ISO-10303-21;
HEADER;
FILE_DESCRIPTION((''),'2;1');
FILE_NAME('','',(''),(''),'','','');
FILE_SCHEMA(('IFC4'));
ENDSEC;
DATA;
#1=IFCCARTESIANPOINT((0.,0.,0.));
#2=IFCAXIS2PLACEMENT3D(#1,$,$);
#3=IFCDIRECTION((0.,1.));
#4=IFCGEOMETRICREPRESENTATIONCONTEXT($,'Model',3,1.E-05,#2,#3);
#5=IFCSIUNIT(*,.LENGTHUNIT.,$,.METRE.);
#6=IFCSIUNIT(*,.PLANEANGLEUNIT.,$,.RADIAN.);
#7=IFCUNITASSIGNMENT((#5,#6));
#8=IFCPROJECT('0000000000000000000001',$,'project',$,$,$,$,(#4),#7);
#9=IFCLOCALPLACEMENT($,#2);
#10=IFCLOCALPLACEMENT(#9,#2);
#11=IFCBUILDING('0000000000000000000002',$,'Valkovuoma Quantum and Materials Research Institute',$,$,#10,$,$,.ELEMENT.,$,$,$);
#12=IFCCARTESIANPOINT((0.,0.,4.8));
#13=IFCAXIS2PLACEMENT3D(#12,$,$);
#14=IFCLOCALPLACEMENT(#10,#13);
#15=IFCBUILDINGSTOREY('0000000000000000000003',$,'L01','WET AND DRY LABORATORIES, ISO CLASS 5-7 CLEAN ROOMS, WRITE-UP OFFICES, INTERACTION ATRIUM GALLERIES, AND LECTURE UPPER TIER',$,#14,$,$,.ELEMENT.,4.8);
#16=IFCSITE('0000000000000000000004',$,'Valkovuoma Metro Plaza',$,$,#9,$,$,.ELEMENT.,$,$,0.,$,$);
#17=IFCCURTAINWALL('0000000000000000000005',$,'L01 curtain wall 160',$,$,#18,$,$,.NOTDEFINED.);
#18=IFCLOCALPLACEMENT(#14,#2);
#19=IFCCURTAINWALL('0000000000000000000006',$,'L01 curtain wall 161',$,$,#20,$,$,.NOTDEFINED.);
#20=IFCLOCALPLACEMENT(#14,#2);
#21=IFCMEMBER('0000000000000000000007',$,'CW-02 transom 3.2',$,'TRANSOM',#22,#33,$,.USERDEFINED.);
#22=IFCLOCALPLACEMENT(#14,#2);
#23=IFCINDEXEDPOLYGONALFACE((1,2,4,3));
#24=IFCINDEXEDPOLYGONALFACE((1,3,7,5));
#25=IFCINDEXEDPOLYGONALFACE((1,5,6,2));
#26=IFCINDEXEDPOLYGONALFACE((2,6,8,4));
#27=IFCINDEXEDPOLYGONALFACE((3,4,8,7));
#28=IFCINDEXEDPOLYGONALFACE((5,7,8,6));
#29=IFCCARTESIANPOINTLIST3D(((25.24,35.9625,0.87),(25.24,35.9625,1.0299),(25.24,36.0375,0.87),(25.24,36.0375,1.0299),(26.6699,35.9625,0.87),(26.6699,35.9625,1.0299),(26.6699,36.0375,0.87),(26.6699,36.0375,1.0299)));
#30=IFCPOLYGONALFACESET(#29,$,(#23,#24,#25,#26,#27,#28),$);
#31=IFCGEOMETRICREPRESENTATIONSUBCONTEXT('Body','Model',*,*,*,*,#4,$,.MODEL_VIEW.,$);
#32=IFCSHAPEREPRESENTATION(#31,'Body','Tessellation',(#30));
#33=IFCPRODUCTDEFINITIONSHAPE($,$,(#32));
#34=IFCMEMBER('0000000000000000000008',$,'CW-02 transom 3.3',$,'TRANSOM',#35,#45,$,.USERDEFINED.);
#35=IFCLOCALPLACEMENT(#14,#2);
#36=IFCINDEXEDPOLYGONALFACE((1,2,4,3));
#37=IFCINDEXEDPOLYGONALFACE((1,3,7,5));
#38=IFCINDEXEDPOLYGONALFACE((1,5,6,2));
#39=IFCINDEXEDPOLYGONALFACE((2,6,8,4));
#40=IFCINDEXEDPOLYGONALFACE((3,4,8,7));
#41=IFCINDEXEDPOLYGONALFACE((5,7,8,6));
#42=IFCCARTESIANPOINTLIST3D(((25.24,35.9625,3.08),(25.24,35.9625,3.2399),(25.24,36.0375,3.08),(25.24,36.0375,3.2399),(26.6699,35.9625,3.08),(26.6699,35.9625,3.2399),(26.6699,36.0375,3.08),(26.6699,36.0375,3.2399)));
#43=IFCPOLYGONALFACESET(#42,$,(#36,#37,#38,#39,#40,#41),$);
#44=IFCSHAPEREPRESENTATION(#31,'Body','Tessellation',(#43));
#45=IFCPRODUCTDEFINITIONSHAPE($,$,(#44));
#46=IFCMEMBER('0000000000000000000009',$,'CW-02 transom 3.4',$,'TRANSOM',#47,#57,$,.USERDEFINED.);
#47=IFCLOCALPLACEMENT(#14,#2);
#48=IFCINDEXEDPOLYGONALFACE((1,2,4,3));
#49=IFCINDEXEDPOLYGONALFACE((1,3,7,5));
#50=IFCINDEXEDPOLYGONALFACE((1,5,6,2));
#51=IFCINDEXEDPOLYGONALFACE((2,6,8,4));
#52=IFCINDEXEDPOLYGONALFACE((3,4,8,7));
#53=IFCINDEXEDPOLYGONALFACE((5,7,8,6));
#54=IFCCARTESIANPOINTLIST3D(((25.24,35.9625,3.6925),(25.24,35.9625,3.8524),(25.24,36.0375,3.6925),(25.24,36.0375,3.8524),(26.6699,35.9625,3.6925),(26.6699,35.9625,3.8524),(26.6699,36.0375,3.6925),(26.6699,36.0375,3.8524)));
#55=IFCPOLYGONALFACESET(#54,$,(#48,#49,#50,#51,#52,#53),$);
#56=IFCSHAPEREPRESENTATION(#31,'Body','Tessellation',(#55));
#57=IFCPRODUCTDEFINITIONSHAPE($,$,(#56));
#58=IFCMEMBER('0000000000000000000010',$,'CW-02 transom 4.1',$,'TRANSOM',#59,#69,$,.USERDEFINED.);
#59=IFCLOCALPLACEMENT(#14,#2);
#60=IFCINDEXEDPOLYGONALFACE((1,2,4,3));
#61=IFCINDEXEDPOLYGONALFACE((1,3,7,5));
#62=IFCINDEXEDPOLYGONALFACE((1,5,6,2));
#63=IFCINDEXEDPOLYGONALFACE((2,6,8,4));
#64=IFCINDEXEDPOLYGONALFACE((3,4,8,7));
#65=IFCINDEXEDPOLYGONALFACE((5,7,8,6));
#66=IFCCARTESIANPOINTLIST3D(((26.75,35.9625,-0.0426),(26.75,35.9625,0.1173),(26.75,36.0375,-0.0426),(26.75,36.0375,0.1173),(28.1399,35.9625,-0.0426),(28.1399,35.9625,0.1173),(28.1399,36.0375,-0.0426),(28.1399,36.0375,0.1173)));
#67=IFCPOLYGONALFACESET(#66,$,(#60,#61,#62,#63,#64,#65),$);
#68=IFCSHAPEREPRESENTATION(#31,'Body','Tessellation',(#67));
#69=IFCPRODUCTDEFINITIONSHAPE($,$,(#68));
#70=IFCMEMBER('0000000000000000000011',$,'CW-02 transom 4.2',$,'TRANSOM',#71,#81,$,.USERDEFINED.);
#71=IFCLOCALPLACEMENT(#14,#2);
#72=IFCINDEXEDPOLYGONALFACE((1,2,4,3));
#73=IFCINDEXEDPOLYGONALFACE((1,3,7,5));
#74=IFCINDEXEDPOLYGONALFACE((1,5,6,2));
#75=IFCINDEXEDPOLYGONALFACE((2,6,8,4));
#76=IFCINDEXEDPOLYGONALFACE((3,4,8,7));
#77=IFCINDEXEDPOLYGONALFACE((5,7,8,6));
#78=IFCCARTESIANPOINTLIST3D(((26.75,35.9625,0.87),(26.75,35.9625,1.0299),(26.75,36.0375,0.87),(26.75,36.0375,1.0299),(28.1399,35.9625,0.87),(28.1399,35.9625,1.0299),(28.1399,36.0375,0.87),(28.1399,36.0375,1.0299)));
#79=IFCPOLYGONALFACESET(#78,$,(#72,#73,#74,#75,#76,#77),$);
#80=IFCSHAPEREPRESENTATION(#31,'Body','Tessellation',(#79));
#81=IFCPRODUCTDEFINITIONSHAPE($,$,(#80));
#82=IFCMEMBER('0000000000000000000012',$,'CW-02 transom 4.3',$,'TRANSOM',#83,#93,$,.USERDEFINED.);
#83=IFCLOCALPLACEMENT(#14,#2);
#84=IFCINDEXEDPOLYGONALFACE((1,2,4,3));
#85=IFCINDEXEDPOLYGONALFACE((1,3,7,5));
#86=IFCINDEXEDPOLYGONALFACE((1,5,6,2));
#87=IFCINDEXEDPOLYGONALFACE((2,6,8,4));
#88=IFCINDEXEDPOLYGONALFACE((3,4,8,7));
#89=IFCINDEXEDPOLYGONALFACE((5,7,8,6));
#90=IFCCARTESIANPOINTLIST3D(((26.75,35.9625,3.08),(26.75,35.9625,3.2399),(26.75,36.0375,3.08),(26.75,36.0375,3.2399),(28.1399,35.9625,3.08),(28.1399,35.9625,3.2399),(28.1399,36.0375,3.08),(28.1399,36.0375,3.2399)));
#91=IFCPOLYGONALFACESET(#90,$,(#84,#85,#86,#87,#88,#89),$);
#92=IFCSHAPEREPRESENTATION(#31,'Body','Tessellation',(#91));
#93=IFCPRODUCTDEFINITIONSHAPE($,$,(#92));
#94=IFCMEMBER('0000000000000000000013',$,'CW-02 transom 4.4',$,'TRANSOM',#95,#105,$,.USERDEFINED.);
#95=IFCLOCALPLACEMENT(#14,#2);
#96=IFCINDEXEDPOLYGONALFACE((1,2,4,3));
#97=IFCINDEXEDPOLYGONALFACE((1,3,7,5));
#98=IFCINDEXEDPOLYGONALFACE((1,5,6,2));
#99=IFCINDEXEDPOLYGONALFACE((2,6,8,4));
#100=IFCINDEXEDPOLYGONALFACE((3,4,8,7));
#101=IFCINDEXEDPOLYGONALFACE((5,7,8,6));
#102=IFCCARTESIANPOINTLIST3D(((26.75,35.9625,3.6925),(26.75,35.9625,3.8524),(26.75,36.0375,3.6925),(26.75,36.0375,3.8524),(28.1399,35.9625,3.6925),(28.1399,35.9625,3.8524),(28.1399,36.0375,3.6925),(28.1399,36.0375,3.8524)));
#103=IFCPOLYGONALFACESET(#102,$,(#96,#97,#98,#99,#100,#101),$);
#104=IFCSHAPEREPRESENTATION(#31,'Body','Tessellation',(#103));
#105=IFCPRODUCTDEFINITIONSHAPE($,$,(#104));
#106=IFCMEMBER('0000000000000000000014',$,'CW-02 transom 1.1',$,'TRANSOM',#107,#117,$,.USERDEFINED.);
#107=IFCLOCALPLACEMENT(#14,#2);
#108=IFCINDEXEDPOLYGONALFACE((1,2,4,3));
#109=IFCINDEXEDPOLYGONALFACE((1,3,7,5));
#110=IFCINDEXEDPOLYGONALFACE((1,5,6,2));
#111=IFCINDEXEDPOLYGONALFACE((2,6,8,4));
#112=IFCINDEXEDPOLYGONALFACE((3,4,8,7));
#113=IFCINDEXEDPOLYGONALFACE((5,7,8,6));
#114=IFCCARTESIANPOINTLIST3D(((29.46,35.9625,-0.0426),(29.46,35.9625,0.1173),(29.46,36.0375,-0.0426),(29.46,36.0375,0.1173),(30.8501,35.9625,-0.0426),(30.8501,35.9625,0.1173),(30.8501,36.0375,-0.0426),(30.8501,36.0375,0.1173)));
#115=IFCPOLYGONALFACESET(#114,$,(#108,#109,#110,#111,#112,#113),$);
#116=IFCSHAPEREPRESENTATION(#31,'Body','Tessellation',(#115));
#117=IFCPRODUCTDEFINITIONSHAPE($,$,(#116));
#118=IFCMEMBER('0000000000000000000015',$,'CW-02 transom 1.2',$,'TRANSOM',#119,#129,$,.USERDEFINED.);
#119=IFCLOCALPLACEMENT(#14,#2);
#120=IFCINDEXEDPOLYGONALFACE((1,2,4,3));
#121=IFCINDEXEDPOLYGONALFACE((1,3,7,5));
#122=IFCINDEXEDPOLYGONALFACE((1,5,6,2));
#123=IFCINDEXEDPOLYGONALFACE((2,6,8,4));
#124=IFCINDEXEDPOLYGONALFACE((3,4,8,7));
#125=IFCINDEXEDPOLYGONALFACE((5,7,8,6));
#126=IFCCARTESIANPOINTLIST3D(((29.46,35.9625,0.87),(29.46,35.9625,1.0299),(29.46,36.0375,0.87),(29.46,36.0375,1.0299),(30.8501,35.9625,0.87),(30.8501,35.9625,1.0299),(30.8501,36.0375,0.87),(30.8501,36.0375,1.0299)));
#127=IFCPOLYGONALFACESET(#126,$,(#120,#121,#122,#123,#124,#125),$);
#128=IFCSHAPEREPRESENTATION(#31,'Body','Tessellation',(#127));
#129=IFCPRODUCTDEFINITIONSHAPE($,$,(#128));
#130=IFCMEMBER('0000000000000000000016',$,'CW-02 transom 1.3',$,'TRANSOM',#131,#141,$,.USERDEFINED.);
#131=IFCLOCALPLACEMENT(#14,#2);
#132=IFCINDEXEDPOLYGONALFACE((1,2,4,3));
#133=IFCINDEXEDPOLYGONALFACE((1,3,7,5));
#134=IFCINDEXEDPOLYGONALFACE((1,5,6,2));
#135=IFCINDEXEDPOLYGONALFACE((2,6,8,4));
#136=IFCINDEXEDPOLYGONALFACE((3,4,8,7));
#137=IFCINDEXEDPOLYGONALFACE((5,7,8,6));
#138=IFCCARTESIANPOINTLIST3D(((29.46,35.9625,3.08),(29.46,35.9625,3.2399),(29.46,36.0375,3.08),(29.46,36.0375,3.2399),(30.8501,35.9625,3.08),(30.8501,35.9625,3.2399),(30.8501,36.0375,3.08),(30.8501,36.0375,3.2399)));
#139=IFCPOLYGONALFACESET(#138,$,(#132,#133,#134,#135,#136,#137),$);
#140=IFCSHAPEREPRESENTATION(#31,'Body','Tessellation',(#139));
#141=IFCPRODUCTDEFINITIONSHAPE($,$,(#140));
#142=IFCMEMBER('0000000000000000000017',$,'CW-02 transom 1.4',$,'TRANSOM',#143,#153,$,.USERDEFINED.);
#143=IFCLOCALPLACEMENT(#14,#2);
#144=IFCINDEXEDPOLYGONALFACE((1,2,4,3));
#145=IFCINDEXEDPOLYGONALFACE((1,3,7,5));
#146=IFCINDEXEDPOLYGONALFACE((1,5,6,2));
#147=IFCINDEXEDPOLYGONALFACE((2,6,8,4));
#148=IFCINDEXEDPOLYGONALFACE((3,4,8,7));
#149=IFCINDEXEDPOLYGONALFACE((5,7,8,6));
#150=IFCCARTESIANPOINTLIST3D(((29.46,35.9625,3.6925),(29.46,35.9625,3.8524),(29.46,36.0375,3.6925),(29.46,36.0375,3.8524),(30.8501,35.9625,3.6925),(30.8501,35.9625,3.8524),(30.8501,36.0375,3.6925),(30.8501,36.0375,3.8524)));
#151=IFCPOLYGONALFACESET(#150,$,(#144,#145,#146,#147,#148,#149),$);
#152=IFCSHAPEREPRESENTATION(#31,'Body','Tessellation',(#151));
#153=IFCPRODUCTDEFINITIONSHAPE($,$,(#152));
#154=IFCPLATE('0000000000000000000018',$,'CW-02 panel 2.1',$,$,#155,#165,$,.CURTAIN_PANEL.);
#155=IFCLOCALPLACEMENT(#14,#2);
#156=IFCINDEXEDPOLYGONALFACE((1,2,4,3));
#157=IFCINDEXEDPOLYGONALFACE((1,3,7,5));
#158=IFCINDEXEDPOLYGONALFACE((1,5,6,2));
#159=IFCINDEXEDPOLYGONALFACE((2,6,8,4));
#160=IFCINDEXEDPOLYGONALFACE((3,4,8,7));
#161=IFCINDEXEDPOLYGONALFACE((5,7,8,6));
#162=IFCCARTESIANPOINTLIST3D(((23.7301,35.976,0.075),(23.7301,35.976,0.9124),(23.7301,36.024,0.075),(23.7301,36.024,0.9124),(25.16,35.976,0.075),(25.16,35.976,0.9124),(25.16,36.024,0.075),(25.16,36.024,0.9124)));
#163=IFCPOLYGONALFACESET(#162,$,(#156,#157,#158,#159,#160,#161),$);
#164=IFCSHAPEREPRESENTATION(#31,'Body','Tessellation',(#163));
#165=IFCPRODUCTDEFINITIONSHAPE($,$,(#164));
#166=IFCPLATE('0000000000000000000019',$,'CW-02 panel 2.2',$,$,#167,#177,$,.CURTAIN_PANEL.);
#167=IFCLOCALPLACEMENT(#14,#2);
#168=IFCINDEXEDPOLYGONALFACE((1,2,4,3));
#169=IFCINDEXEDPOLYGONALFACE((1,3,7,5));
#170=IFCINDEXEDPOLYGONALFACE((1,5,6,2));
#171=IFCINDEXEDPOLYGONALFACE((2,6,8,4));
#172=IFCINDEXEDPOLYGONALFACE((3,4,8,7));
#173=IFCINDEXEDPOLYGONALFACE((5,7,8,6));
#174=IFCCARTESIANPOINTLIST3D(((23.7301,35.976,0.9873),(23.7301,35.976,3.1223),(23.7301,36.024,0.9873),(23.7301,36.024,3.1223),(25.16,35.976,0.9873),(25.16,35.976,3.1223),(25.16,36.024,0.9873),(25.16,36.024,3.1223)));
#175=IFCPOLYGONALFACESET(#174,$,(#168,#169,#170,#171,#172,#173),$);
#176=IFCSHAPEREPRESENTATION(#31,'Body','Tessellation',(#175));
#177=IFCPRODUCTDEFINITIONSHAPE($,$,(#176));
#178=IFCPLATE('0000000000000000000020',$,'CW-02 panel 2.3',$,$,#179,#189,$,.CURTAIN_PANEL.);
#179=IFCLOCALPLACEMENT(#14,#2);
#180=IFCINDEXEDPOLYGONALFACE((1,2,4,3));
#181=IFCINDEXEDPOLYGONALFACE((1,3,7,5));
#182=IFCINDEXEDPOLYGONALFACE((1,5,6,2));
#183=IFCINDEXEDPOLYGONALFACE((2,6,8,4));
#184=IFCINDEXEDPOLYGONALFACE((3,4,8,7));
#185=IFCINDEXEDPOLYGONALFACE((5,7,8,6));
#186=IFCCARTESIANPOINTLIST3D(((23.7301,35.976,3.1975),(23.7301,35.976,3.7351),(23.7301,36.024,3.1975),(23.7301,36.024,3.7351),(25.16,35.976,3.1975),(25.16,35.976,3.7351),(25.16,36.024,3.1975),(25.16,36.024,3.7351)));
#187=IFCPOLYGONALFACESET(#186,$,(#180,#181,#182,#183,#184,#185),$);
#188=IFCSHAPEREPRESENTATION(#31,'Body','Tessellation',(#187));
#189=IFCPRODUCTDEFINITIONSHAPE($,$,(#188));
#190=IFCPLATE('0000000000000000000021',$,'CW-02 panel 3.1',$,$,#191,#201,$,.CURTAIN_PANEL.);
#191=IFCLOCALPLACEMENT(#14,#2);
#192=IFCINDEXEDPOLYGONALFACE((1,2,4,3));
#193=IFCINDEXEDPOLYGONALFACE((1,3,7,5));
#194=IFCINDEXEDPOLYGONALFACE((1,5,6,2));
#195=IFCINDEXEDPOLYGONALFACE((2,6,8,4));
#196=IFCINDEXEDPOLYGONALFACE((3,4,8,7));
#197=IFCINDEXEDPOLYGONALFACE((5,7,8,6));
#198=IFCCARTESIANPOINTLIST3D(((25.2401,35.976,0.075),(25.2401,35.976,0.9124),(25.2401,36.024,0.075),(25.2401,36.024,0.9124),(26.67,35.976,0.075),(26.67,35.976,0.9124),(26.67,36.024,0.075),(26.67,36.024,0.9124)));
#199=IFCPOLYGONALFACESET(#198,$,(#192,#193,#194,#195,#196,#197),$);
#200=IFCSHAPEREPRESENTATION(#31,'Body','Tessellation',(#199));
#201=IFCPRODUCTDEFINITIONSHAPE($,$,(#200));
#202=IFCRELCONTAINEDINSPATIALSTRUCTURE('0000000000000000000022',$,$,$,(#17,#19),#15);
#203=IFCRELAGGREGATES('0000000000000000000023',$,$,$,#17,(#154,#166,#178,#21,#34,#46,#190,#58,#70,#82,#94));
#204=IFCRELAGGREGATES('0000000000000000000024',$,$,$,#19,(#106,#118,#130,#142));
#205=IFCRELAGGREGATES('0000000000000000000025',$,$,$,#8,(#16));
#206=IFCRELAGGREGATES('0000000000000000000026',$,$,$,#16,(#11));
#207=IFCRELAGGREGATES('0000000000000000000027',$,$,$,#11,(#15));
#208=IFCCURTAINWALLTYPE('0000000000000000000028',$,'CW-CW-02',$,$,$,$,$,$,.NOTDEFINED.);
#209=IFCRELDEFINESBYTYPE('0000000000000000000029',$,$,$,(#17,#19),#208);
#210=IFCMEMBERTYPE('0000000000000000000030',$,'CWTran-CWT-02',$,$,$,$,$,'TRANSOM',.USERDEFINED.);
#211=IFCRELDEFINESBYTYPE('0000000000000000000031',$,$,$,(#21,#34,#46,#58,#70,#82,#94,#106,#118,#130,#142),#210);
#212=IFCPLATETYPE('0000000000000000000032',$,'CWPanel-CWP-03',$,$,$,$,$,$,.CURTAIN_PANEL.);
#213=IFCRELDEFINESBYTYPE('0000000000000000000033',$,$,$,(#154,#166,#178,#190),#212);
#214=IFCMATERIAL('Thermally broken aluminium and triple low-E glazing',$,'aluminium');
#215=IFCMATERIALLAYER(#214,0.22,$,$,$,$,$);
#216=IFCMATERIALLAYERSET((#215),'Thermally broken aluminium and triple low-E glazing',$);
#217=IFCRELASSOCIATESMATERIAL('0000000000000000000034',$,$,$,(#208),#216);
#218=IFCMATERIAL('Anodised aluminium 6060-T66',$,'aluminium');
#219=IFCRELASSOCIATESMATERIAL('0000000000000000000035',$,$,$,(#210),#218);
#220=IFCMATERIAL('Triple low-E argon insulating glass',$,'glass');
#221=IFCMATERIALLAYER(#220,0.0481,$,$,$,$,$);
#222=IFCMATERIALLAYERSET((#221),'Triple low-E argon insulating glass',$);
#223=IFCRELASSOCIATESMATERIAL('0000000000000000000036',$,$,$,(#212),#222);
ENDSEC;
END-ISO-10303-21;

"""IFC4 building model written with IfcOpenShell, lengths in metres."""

from ifc_helpers import new_model, si_unit, direction, frame, origin, origin_2d, place, context, subcontext, project, spatial, rectangle, extrude, material, layer, layer_set, material_profile, profile_set, type_object, element, aggregate, save


model = new_model("IFC4")

# Units and contexts
model_context = context("Model", 3, precision=1e-05, world=origin(), true_north=direction((0.0, 1.0)))
body_context = subcontext(model_context, "Body", "Model", "MODEL_VIEW")
ifc_project = project(units=[si_unit("LENGTHUNIT", "METRE"), si_unit("PLANEANGLEUNIT", "RADIAN")], contexts=[model_context])

# Site, building, storey
site_placement = place(None, origin())
site = spatial("IfcSite", under=ifc_project, at=site_placement, Name="Valkovuoma Metro Plaza", CompositionType="ELEMENT", RefElevation=0.0)
building_placement = place(site_placement, origin())
building = spatial("IfcBuilding", under=site, at=building_placement, Name="Valkovuoma Quantum and Materials Research Institute", CompositionType="ELEMENT")
storey_placement = place(building_placement, frame((0.0, 0.0, 4.8)))
storey = spatial("IfcBuildingStorey", under=building, at=storey_placement, Name="L01", Description="WET AND DRY LABORATORIES, ISO CLASS 5-7 CLEAN ROOMS, WRITE-UP OFFICES, INTERACTION ATRIUM GALLERIES, AND LECTURE UPPER TIER", CompositionType="ELEMENT", Elevation=4.8)

# Curtain wall
ifc_material_1 = material(Name="Thermally broken aluminium and triple low-E glazing", Category="aluminium")
ifc_layer_1 = layer(ifc_material_1, 0.22)
ifc_layer_set_1 = layer_set([ifc_layer_1], Name="Thermally broken aluminium and triple low-E glazing")
curtain_wall_type = type_object("IfcCurtainWallType", Name="CW-CW-02", PredefinedType="NOTDEFINED", material=ifc_layer_set_1)
curtain_wall_1_placement = place(storey_placement, origin())
curtain_wall_1 = element("IfcCurtainWall", 1, at=curtain_wall_1_placement, inside=storey, type_object=curtain_wall_type, Name="L01 curtain wall 160", PredefinedType="NOTDEFINED")

# Curtain wall
curtain_wall_2_placement = place(storey_placement, origin())
curtain_wall_2 = element("IfcCurtainWall", 2, at=curtain_wall_2_placement, inside=storey, type_object=curtain_wall_type, Name="L01 curtain wall 161", PredefinedType="NOTDEFINED")

# Members
ifc_material_2 = material(Name="Anodised aluminium 6060-T66", Category="aluminium")
ifc_material_profile_1 = material_profile(ifc_material_2, rectangle(XDim=0.075, YDim=0.1599, at=origin_2d()), Name="Anodised aluminium 6060-T66")
ifc_profile_set_1 = profile_set([ifc_material_profile_1], Name="Anodised aluminium 6060-T66")
member_type_1 = type_object("IfcMemberType", Name="CWTran-CWT-02", ElementType="TRANSOM", PredefinedType="USERDEFINED", material=ifc_profile_set_1)
member_1_placement = place(storey_placement, frame((25.24, 36.0, 0.95), z_axis=(1.0, 0.0, 0.0), x_axis=(0.0, 1.0, 0.0)))
member_1 = element("IfcMember", 3, at=member_1_placement, type_object=member_type_1, Name="CW-02 transom 3.2", ObjectType="TRANSOM", PredefinedType="USERDEFINED", context=body_context, shape_type="SweptSolid", body=[
    extrude(rectangle(XDim=0.075, YDim=0.1599, at=origin_2d()), origin(), (0.0, 0.0, 1.0), 1.4299),
])
member_2_placement = place(storey_placement, frame((25.24, 36.0, 3.1599), z_axis=(1.0, 0.0, 0.0), x_axis=(0.0, 1.0, 0.0)))
member_2 = element("IfcMember", 4, at=member_2_placement, type_object=member_type_1, Name="CW-02 transom 3.3", ObjectType="TRANSOM", PredefinedType="USERDEFINED", context=body_context, shape_type="SweptSolid", body=[
    extrude(rectangle(XDim=0.075, YDim=0.1599, at=origin_2d()), origin(), (0.0, 0.0, 1.0), 1.4299),
])
member_3_placement = place(storey_placement, frame((25.24, 36.0, 3.7725), z_axis=(1.0, 0.0, 0.0), x_axis=(0.0, 1.0, 0.0)))
member_3 = element("IfcMember", 5, at=member_3_placement, type_object=member_type_1, Name="CW-02 transom 3.4", ObjectType="TRANSOM", PredefinedType="USERDEFINED", context=body_context, shape_type="SweptSolid", body=[
    extrude(rectangle(XDim=0.075, YDim=0.1599, at=origin_2d()), origin(), (0.0, 0.0, 1.0), 1.4299),
])
member_4_placement = place(storey_placement, frame((26.75, 36.0, 0.0374), z_axis=(1.0, 0.0, 0.0), x_axis=(0.0, 1.0, 0.0)))
member_4 = element("IfcMember", 6, at=member_4_placement, type_object=member_type_1, Name="CW-02 transom 4.1", ObjectType="TRANSOM", PredefinedType="USERDEFINED", context=body_context, shape_type="SweptSolid", body=[
    extrude(rectangle(XDim=0.075, YDim=0.1599, at=origin_2d()), origin(), (0.0, 0.0, 1.0), 1.3899),
])
member_5_placement = place(storey_placement, frame((26.75, 36.0, 0.95), z_axis=(1.0, 0.0, 0.0), x_axis=(0.0, 1.0, 0.0)))
member_5 = element("IfcMember", 7, at=member_5_placement, type_object=member_type_1, Name="CW-02 transom 4.2", ObjectType="TRANSOM", PredefinedType="USERDEFINED", context=body_context, shape_type="SweptSolid", body=[
    extrude(rectangle(XDim=0.075, YDim=0.1599, at=origin_2d()), origin(), (0.0, 0.0, 1.0), 1.3899),
])
member_6_placement = place(storey_placement, frame((26.75, 36.0, 3.1599), z_axis=(1.0, 0.0, 0.0), x_axis=(0.0, 1.0, 0.0)))
member_6 = element("IfcMember", 8, at=member_6_placement, type_object=member_type_1, Name="CW-02 transom 4.3", ObjectType="TRANSOM", PredefinedType="USERDEFINED", context=body_context, shape_type="SweptSolid", body=[
    extrude(rectangle(XDim=0.075, YDim=0.1599, at=origin_2d()), origin(), (0.0, 0.0, 1.0), 1.3899),
])
member_7_placement = place(storey_placement, frame((26.75, 36.0, 3.7725), z_axis=(1.0, 0.0, 0.0), x_axis=(0.0, 1.0, 0.0)))
member_7 = element("IfcMember", 9, at=member_7_placement, type_object=member_type_1, Name="CW-02 transom 4.4", ObjectType="TRANSOM", PredefinedType="USERDEFINED", context=body_context, shape_type="SweptSolid", body=[
    extrude(rectangle(XDim=0.075, YDim=0.1599, at=origin_2d()), origin(), (0.0, 0.0, 1.0), 1.3899),
])
member_8_placement = place(storey_placement, frame((29.46, 36.0, 0.0374), z_axis=(1.0, 0.0, 0.0), x_axis=(0.0, 1.0, 0.0)))
member_8 = element("IfcMember", 10, at=member_8_placement, type_object=member_type_1, Name="CW-02 transom 1.1", ObjectType="TRANSOM", PredefinedType="USERDEFINED", context=body_context, shape_type="SweptSolid", body=[
    extrude(rectangle(XDim=0.075, YDim=0.1599, at=origin_2d()), origin(), (0.0, 0.0, 1.0), 1.3901),
])
member_9_placement = place(storey_placement, frame((29.46, 36.0, 0.95), z_axis=(1.0, 0.0, 0.0), x_axis=(0.0, 1.0, 0.0)))
member_9 = element("IfcMember", 11, at=member_9_placement, type_object=member_type_1, Name="CW-02 transom 1.2", ObjectType="TRANSOM", PredefinedType="USERDEFINED", context=body_context, shape_type="SweptSolid", body=[
    extrude(rectangle(XDim=0.075, YDim=0.1599, at=origin_2d()), origin(), (0.0, 0.0, 1.0), 1.3901),
])
member_10_placement = place(storey_placement, frame((29.46, 36.0, 3.1599), z_axis=(1.0, 0.0, 0.0), x_axis=(0.0, 1.0, 0.0)))
member_10 = element("IfcMember", 12, at=member_10_placement, type_object=member_type_1, Name="CW-02 transom 1.3", ObjectType="TRANSOM", PredefinedType="USERDEFINED", context=body_context, shape_type="SweptSolid", body=[
    extrude(rectangle(XDim=0.075, YDim=0.1599, at=origin_2d()), origin(), (0.0, 0.0, 1.0), 1.3901),
])
member_11_placement = place(storey_placement, frame((29.46, 36.0, 3.7725), z_axis=(1.0, 0.0, 0.0), x_axis=(0.0, 1.0, 0.0)))
member_11 = element("IfcMember", 13, at=member_11_placement, type_object=member_type_1, Name="CW-02 transom 1.4", ObjectType="TRANSOM", PredefinedType="USERDEFINED", context=body_context, shape_type="SweptSolid", body=[
    extrude(rectangle(XDim=0.075, YDim=0.1599, at=origin_2d()), origin(), (0.0, 0.0, 1.0), 1.3901),
])

# Plates
ifc_material_3 = material(Name="Triple low-E argon insulating glass", Category="glass")
ifc_layer_2 = layer(ifc_material_3, 0.0481)
ifc_layer_set_2 = layer_set([ifc_layer_2], Name="Triple low-E argon insulating glass")
plate_type = type_object("IfcPlateType", Name="CWPanel-CWP-03", PredefinedType="CURTAIN_PANEL", material=ifc_layer_set_2)
plate_1_placement = place(storey_placement, frame((24.4451, 36.0, 0.075), z_axis=(0.0, 0.0, 1.0), x_axis=(1.0, 0.0, 0.0)))
plate_1 = element("IfcPlate", 14, at=plate_1_placement, type_object=plate_type, Name="CW-02 panel 2.1", PredefinedType="CURTAIN_PANEL", context=body_context, shape_type="SweptSolid", body=[
    extrude(rectangle(XDim=1.4299, YDim=0.0481, at=origin_2d()), origin(), (0.0, 0.0, 1.0), 0.8374),
])
plate_2_placement = place(storey_placement, frame((24.4451, 36.0, 0.9873), z_axis=(0.0, 0.0, 1.0), x_axis=(1.0, 0.0, 0.0)))
plate_2 = element("IfcPlate", 15, at=plate_2_placement, type_object=plate_type, Name="CW-02 panel 2.2", PredefinedType="CURTAIN_PANEL", context=body_context, shape_type="SweptSolid", body=[
    extrude(rectangle(XDim=1.4299, YDim=0.0481, at=origin_2d()), origin(), (0.0, 0.0, 1.0), 2.135),
])
plate_3_placement = place(storey_placement, frame((24.4451, 36.0, 3.1975), z_axis=(0.0, 0.0, 1.0), x_axis=(1.0, 0.0, 0.0)))
plate_3 = element("IfcPlate", 16, at=plate_3_placement, type_object=plate_type, Name="CW-02 panel 2.3", PredefinedType="CURTAIN_PANEL", context=body_context, shape_type="SweptSolid", body=[
    extrude(rectangle(XDim=1.4299, YDim=0.0481, at=origin_2d()), origin(), (0.0, 0.0, 1.0), 0.5376),
])
plate_4_placement = place(storey_placement, frame((25.9551, 36.0, 0.075), z_axis=(0.0, 0.0, 1.0), x_axis=(1.0, 0.0, 0.0)))
plate_4 = element("IfcPlate", 17, at=plate_4_placement, type_object=plate_type, Name="CW-02 panel 3.1", PredefinedType="CURTAIN_PANEL", context=body_context, shape_type="SweptSolid", body=[
    extrude(rectangle(XDim=1.4299, YDim=0.0481, at=origin_2d()), origin(), (0.0, 0.0, 1.0), 0.8374),
])
aggregate(curtain_wall_1, [plate_1, plate_2, plate_3, member_1, member_2, member_3, plate_4, member_4, member_5, member_6, member_7])
aggregate(curtain_wall_2, [member_8, member_9, member_10, member_11])

save(model, "model.ifc")
